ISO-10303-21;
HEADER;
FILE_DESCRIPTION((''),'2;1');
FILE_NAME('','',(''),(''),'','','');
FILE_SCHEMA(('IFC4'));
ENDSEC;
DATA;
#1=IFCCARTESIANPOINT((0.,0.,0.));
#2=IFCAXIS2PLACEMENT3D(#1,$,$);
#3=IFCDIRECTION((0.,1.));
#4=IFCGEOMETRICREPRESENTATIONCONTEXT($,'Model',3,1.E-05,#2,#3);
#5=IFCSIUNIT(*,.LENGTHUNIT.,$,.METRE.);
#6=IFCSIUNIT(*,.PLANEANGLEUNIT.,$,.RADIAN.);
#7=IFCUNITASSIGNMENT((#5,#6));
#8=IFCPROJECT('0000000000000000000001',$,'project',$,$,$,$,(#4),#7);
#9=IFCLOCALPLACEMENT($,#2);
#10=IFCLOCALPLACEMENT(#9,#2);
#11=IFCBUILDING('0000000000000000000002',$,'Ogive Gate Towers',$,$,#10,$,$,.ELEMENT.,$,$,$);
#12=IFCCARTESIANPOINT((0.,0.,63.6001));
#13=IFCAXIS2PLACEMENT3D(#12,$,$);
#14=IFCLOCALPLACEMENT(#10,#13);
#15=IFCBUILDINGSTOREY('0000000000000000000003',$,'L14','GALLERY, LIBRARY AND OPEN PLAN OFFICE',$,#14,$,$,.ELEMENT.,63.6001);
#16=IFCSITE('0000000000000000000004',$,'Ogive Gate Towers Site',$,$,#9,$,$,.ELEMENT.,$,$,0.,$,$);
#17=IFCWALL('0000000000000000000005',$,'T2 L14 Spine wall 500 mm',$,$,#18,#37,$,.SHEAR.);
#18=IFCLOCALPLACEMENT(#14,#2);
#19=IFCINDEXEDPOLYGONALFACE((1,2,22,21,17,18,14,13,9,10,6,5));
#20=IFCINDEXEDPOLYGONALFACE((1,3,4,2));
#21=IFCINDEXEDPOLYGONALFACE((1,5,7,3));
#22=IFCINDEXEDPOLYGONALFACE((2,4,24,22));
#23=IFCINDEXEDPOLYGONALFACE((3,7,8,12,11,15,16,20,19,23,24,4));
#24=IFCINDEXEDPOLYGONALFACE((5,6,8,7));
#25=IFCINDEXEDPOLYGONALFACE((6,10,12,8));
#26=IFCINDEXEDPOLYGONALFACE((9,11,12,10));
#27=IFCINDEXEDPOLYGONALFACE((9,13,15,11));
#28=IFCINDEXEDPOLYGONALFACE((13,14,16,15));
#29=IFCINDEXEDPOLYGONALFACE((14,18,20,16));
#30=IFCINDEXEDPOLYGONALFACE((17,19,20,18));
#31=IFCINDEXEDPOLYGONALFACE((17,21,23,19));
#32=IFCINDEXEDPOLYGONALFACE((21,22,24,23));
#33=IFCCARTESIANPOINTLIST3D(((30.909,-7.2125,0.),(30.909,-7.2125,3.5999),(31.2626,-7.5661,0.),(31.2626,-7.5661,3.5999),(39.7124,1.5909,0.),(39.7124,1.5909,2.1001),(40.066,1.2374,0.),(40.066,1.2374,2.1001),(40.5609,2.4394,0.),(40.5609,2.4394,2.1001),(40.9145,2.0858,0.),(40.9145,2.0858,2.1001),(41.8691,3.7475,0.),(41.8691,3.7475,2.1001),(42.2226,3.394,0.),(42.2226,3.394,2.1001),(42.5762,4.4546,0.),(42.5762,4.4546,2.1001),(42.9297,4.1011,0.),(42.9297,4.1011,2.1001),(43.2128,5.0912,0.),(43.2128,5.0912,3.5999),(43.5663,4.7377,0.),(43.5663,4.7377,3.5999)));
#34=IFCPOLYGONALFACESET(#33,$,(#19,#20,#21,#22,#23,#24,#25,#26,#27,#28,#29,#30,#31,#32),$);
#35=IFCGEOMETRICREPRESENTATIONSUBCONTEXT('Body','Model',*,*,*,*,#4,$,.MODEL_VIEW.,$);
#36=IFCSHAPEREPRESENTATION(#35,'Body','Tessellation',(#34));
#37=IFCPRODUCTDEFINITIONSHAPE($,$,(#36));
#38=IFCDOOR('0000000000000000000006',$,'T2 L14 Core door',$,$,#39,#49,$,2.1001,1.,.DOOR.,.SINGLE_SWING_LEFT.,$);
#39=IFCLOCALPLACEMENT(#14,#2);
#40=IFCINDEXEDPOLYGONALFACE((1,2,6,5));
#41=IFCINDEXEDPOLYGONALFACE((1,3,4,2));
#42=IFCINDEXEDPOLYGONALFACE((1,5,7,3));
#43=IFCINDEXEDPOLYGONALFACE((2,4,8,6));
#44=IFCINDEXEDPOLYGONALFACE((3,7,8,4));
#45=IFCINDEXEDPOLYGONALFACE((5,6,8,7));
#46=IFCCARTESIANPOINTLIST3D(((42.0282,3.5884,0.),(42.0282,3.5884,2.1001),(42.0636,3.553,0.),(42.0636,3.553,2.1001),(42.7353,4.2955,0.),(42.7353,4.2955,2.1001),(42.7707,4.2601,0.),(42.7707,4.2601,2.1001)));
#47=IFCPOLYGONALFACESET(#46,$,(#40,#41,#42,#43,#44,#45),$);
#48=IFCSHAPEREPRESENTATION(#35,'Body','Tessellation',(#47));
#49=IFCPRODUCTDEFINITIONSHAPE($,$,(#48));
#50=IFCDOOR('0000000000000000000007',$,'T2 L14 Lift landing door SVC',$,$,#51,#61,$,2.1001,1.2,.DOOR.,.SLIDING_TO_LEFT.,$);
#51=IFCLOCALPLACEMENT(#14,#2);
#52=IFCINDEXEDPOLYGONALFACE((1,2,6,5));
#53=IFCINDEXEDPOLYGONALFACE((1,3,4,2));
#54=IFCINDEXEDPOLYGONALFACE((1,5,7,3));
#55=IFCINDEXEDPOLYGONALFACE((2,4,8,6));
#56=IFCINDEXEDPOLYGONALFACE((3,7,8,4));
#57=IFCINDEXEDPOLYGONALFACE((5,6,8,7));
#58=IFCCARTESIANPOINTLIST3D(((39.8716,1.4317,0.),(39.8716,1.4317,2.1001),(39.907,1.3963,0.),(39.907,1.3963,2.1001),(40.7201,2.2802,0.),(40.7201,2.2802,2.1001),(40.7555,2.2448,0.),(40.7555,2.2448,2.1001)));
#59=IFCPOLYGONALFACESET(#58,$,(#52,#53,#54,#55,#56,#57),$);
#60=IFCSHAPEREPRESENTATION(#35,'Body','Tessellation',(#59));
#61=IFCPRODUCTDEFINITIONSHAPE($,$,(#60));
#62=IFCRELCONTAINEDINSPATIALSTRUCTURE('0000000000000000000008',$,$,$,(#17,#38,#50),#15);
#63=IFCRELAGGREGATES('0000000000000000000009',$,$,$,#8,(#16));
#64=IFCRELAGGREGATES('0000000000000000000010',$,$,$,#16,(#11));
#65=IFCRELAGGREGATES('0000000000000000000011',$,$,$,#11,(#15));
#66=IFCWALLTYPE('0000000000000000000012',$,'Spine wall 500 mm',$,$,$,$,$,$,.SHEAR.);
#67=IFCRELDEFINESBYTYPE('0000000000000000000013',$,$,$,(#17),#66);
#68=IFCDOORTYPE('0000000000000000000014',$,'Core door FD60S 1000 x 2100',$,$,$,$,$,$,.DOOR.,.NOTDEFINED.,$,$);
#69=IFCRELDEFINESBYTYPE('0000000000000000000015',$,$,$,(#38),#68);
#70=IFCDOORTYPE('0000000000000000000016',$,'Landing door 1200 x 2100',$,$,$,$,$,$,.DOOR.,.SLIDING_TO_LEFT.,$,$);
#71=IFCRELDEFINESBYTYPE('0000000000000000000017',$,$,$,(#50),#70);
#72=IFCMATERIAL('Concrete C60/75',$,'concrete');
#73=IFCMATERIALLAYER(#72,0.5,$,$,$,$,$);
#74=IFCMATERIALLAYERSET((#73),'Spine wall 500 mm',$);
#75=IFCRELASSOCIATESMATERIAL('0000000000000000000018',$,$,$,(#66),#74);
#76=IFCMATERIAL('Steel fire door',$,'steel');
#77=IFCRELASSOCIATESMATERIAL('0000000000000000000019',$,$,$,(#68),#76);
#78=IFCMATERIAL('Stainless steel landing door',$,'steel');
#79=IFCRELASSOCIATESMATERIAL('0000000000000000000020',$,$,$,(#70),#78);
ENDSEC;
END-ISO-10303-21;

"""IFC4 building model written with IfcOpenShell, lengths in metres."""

from ifc_helpers import new_model, si_unit, direction, frame, frame_2d, origin, place, context, subcontext, project, spatial, rectangle, extrude, material, layer, layer_set, type_object, element, fill, save


model = new_model("IFC4")

# Units and contexts
model_context = context("Model", 3, precision=1e-05, world=origin(), true_north=direction((0.0, 1.0)))
body_context = subcontext(model_context, "Body", "Model", "MODEL_VIEW")
ifc_project = project(units=[si_unit("LENGTHUNIT", "METRE"), si_unit("PLANEANGLEUNIT", "RADIAN")], contexts=[model_context])

# Site, building, storey
site_placement = place(None, origin())
site = spatial("IfcSite", under=ifc_project, at=site_placement, Name="Ogive Gate Towers Site", CompositionType="ELEMENT", RefElevation=0.0)
building_placement = place(site_placement, origin())
building = spatial("IfcBuilding", under=site, at=building_placement, Name="Ogive Gate Towers", CompositionType="ELEMENT")
storey_placement = place(building_placement, frame((0.0, 0.0, 63.6001)))
storey = spatial("IfcBuildingStorey", under=building, at=storey_placement, Name="L14", Description="GALLERY, LIBRARY AND OPEN PLAN OFFICE", CompositionType="ELEMENT", Elevation=63.6001)

# Shared definitions
ifc_material_1 = material(Name="Concrete C60/75", Category="concrete")
ifc_material_2 = material(Name="Steel fire door", Category="steel")

# Wall, openings, doors
ifc_layer_1 = layer(ifc_material_1, 0.5)
ifc_layer_set_1 = layer_set([ifc_layer_1], Name="Spine wall 500 mm")
wall_type_1 = type_object("IfcWallType", Name="Spine wall 500 mm", PredefinedType="SHEAR", material=ifc_layer_set_1)
wall_1_placement = place(storey_placement, frame((31.0857, -7.3894, 0.0), z_axis=(0.0, 0.0, 1.0), x_axis=(0.707107, 0.707107, 0.0)))
wall_1 = element("IfcWall", 1, at=wall_1_placement, inside=storey, type_object=wall_type_1, Name="T2 L14 Spine wall 500 mm", PredefinedType="SHEAR", context=body_context, shape_type="SweptSolid", body=[
    extrude(rectangle(XDim=17.4001, YDim=0.5, at=frame_2d((8.7002, 0.0))), origin(), (0.0, 0.0, 1.0), 3.5999),
])
opening_1_placement = place(wall_1_placement, frame((12.45, 0.0, 0.0)))
opening_1 = element("IfcOpeningElement", 2, at=opening_1_placement, cuts=wall_1, PredefinedType="OPENING", context=body_context, shape_type="SweptSolid", body=[
    extrude(rectangle(XDim=1.2, YDim=2.1001, at=frame_2d((0.6001, 1.05))), frame((0.0, 0.26, 0.0), z_axis=(0.0, -1.0, 0.0), x_axis=(1.0, 0.0, 0.0)), (0.0, 0.0, 1.0), 0.52),
])
opening_2_placement = place(wall_1_placement, frame((15.5, 0.0, 0.0)))
opening_2 = element("IfcOpeningElement", 3, at=opening_2_placement, cuts=wall_1, PredefinedType="OPENING", context=body_context, shape_type="SweptSolid", body=[
    extrude(rectangle(XDim=1.0, YDim=2.1001, at=frame_2d((0.5, 1.05))), frame((0.0, 0.26, 0.0), z_axis=(0.0, -1.0, 0.0), x_axis=(1.0, 0.0, 0.0)), (0.0, 0.0, 1.0), 0.52),
])
door_type_1 = type_object("IfcDoorType", Name="Core door FD60S 1000 x 2100", OperationType="NOTDEFINED", PredefinedType="DOOR", material=ifc_material_2)
door_1_placement = place(opening_2_placement, origin())
door_1 = element("IfcDoor", 4, at=door_1_placement, inside=storey, type_object=door_type_1, Name="T2 L14 Core door", OperationType="SINGLE_SWING_LEFT", OverallHeight=2.1001, OverallWidth=1.0, PredefinedType="DOOR", context=body_context, shape_type="SweptSolid", body=[
    extrude(rectangle(XDim=1.0, YDim=2.1001, at=frame_2d((0.5, 1.05))), frame((0.0, 0.0249, 0.0), z_axis=(0.0, -1.0, 0.0), x_axis=(1.0, 0.0, 0.0)), (0.0, 0.0, 1.0), 0.05),
])
fill(opening_2, door_1)
ifc_material_3 = material(Name="Stainless steel landing door", Category="steel")
door_type_2 = type_object("IfcDoorType", Name="Landing door 1200 x 2100", OperationType="SLIDING_TO_LEFT", PredefinedType="DOOR", material=ifc_material_3)
door_2_placement = place(opening_1_placement, origin())
door_2 = element("IfcDoor", 5, at=door_2_placement, inside=storey, type_object=door_type_2, Name="T2 L14 Lift landing door SVC", OperationType="SLIDING_TO_LEFT", OverallHeight=2.1001, OverallWidth=1.2, PredefinedType="DOOR", context=body_context, shape_type="SweptSolid", body=[
    extrude(rectangle(XDim=1.2, YDim=2.1001, at=frame_2d((0.6001, 1.05))), frame((0.0, 0.0249, 0.0), z_axis=(0.0, -1.0, 0.0), x_axis=(1.0, 0.0, 0.0)), (0.0, 0.0, 1.0), 0.05),
])
fill(opening_1, door_2)

save(model, "model.ifc")
